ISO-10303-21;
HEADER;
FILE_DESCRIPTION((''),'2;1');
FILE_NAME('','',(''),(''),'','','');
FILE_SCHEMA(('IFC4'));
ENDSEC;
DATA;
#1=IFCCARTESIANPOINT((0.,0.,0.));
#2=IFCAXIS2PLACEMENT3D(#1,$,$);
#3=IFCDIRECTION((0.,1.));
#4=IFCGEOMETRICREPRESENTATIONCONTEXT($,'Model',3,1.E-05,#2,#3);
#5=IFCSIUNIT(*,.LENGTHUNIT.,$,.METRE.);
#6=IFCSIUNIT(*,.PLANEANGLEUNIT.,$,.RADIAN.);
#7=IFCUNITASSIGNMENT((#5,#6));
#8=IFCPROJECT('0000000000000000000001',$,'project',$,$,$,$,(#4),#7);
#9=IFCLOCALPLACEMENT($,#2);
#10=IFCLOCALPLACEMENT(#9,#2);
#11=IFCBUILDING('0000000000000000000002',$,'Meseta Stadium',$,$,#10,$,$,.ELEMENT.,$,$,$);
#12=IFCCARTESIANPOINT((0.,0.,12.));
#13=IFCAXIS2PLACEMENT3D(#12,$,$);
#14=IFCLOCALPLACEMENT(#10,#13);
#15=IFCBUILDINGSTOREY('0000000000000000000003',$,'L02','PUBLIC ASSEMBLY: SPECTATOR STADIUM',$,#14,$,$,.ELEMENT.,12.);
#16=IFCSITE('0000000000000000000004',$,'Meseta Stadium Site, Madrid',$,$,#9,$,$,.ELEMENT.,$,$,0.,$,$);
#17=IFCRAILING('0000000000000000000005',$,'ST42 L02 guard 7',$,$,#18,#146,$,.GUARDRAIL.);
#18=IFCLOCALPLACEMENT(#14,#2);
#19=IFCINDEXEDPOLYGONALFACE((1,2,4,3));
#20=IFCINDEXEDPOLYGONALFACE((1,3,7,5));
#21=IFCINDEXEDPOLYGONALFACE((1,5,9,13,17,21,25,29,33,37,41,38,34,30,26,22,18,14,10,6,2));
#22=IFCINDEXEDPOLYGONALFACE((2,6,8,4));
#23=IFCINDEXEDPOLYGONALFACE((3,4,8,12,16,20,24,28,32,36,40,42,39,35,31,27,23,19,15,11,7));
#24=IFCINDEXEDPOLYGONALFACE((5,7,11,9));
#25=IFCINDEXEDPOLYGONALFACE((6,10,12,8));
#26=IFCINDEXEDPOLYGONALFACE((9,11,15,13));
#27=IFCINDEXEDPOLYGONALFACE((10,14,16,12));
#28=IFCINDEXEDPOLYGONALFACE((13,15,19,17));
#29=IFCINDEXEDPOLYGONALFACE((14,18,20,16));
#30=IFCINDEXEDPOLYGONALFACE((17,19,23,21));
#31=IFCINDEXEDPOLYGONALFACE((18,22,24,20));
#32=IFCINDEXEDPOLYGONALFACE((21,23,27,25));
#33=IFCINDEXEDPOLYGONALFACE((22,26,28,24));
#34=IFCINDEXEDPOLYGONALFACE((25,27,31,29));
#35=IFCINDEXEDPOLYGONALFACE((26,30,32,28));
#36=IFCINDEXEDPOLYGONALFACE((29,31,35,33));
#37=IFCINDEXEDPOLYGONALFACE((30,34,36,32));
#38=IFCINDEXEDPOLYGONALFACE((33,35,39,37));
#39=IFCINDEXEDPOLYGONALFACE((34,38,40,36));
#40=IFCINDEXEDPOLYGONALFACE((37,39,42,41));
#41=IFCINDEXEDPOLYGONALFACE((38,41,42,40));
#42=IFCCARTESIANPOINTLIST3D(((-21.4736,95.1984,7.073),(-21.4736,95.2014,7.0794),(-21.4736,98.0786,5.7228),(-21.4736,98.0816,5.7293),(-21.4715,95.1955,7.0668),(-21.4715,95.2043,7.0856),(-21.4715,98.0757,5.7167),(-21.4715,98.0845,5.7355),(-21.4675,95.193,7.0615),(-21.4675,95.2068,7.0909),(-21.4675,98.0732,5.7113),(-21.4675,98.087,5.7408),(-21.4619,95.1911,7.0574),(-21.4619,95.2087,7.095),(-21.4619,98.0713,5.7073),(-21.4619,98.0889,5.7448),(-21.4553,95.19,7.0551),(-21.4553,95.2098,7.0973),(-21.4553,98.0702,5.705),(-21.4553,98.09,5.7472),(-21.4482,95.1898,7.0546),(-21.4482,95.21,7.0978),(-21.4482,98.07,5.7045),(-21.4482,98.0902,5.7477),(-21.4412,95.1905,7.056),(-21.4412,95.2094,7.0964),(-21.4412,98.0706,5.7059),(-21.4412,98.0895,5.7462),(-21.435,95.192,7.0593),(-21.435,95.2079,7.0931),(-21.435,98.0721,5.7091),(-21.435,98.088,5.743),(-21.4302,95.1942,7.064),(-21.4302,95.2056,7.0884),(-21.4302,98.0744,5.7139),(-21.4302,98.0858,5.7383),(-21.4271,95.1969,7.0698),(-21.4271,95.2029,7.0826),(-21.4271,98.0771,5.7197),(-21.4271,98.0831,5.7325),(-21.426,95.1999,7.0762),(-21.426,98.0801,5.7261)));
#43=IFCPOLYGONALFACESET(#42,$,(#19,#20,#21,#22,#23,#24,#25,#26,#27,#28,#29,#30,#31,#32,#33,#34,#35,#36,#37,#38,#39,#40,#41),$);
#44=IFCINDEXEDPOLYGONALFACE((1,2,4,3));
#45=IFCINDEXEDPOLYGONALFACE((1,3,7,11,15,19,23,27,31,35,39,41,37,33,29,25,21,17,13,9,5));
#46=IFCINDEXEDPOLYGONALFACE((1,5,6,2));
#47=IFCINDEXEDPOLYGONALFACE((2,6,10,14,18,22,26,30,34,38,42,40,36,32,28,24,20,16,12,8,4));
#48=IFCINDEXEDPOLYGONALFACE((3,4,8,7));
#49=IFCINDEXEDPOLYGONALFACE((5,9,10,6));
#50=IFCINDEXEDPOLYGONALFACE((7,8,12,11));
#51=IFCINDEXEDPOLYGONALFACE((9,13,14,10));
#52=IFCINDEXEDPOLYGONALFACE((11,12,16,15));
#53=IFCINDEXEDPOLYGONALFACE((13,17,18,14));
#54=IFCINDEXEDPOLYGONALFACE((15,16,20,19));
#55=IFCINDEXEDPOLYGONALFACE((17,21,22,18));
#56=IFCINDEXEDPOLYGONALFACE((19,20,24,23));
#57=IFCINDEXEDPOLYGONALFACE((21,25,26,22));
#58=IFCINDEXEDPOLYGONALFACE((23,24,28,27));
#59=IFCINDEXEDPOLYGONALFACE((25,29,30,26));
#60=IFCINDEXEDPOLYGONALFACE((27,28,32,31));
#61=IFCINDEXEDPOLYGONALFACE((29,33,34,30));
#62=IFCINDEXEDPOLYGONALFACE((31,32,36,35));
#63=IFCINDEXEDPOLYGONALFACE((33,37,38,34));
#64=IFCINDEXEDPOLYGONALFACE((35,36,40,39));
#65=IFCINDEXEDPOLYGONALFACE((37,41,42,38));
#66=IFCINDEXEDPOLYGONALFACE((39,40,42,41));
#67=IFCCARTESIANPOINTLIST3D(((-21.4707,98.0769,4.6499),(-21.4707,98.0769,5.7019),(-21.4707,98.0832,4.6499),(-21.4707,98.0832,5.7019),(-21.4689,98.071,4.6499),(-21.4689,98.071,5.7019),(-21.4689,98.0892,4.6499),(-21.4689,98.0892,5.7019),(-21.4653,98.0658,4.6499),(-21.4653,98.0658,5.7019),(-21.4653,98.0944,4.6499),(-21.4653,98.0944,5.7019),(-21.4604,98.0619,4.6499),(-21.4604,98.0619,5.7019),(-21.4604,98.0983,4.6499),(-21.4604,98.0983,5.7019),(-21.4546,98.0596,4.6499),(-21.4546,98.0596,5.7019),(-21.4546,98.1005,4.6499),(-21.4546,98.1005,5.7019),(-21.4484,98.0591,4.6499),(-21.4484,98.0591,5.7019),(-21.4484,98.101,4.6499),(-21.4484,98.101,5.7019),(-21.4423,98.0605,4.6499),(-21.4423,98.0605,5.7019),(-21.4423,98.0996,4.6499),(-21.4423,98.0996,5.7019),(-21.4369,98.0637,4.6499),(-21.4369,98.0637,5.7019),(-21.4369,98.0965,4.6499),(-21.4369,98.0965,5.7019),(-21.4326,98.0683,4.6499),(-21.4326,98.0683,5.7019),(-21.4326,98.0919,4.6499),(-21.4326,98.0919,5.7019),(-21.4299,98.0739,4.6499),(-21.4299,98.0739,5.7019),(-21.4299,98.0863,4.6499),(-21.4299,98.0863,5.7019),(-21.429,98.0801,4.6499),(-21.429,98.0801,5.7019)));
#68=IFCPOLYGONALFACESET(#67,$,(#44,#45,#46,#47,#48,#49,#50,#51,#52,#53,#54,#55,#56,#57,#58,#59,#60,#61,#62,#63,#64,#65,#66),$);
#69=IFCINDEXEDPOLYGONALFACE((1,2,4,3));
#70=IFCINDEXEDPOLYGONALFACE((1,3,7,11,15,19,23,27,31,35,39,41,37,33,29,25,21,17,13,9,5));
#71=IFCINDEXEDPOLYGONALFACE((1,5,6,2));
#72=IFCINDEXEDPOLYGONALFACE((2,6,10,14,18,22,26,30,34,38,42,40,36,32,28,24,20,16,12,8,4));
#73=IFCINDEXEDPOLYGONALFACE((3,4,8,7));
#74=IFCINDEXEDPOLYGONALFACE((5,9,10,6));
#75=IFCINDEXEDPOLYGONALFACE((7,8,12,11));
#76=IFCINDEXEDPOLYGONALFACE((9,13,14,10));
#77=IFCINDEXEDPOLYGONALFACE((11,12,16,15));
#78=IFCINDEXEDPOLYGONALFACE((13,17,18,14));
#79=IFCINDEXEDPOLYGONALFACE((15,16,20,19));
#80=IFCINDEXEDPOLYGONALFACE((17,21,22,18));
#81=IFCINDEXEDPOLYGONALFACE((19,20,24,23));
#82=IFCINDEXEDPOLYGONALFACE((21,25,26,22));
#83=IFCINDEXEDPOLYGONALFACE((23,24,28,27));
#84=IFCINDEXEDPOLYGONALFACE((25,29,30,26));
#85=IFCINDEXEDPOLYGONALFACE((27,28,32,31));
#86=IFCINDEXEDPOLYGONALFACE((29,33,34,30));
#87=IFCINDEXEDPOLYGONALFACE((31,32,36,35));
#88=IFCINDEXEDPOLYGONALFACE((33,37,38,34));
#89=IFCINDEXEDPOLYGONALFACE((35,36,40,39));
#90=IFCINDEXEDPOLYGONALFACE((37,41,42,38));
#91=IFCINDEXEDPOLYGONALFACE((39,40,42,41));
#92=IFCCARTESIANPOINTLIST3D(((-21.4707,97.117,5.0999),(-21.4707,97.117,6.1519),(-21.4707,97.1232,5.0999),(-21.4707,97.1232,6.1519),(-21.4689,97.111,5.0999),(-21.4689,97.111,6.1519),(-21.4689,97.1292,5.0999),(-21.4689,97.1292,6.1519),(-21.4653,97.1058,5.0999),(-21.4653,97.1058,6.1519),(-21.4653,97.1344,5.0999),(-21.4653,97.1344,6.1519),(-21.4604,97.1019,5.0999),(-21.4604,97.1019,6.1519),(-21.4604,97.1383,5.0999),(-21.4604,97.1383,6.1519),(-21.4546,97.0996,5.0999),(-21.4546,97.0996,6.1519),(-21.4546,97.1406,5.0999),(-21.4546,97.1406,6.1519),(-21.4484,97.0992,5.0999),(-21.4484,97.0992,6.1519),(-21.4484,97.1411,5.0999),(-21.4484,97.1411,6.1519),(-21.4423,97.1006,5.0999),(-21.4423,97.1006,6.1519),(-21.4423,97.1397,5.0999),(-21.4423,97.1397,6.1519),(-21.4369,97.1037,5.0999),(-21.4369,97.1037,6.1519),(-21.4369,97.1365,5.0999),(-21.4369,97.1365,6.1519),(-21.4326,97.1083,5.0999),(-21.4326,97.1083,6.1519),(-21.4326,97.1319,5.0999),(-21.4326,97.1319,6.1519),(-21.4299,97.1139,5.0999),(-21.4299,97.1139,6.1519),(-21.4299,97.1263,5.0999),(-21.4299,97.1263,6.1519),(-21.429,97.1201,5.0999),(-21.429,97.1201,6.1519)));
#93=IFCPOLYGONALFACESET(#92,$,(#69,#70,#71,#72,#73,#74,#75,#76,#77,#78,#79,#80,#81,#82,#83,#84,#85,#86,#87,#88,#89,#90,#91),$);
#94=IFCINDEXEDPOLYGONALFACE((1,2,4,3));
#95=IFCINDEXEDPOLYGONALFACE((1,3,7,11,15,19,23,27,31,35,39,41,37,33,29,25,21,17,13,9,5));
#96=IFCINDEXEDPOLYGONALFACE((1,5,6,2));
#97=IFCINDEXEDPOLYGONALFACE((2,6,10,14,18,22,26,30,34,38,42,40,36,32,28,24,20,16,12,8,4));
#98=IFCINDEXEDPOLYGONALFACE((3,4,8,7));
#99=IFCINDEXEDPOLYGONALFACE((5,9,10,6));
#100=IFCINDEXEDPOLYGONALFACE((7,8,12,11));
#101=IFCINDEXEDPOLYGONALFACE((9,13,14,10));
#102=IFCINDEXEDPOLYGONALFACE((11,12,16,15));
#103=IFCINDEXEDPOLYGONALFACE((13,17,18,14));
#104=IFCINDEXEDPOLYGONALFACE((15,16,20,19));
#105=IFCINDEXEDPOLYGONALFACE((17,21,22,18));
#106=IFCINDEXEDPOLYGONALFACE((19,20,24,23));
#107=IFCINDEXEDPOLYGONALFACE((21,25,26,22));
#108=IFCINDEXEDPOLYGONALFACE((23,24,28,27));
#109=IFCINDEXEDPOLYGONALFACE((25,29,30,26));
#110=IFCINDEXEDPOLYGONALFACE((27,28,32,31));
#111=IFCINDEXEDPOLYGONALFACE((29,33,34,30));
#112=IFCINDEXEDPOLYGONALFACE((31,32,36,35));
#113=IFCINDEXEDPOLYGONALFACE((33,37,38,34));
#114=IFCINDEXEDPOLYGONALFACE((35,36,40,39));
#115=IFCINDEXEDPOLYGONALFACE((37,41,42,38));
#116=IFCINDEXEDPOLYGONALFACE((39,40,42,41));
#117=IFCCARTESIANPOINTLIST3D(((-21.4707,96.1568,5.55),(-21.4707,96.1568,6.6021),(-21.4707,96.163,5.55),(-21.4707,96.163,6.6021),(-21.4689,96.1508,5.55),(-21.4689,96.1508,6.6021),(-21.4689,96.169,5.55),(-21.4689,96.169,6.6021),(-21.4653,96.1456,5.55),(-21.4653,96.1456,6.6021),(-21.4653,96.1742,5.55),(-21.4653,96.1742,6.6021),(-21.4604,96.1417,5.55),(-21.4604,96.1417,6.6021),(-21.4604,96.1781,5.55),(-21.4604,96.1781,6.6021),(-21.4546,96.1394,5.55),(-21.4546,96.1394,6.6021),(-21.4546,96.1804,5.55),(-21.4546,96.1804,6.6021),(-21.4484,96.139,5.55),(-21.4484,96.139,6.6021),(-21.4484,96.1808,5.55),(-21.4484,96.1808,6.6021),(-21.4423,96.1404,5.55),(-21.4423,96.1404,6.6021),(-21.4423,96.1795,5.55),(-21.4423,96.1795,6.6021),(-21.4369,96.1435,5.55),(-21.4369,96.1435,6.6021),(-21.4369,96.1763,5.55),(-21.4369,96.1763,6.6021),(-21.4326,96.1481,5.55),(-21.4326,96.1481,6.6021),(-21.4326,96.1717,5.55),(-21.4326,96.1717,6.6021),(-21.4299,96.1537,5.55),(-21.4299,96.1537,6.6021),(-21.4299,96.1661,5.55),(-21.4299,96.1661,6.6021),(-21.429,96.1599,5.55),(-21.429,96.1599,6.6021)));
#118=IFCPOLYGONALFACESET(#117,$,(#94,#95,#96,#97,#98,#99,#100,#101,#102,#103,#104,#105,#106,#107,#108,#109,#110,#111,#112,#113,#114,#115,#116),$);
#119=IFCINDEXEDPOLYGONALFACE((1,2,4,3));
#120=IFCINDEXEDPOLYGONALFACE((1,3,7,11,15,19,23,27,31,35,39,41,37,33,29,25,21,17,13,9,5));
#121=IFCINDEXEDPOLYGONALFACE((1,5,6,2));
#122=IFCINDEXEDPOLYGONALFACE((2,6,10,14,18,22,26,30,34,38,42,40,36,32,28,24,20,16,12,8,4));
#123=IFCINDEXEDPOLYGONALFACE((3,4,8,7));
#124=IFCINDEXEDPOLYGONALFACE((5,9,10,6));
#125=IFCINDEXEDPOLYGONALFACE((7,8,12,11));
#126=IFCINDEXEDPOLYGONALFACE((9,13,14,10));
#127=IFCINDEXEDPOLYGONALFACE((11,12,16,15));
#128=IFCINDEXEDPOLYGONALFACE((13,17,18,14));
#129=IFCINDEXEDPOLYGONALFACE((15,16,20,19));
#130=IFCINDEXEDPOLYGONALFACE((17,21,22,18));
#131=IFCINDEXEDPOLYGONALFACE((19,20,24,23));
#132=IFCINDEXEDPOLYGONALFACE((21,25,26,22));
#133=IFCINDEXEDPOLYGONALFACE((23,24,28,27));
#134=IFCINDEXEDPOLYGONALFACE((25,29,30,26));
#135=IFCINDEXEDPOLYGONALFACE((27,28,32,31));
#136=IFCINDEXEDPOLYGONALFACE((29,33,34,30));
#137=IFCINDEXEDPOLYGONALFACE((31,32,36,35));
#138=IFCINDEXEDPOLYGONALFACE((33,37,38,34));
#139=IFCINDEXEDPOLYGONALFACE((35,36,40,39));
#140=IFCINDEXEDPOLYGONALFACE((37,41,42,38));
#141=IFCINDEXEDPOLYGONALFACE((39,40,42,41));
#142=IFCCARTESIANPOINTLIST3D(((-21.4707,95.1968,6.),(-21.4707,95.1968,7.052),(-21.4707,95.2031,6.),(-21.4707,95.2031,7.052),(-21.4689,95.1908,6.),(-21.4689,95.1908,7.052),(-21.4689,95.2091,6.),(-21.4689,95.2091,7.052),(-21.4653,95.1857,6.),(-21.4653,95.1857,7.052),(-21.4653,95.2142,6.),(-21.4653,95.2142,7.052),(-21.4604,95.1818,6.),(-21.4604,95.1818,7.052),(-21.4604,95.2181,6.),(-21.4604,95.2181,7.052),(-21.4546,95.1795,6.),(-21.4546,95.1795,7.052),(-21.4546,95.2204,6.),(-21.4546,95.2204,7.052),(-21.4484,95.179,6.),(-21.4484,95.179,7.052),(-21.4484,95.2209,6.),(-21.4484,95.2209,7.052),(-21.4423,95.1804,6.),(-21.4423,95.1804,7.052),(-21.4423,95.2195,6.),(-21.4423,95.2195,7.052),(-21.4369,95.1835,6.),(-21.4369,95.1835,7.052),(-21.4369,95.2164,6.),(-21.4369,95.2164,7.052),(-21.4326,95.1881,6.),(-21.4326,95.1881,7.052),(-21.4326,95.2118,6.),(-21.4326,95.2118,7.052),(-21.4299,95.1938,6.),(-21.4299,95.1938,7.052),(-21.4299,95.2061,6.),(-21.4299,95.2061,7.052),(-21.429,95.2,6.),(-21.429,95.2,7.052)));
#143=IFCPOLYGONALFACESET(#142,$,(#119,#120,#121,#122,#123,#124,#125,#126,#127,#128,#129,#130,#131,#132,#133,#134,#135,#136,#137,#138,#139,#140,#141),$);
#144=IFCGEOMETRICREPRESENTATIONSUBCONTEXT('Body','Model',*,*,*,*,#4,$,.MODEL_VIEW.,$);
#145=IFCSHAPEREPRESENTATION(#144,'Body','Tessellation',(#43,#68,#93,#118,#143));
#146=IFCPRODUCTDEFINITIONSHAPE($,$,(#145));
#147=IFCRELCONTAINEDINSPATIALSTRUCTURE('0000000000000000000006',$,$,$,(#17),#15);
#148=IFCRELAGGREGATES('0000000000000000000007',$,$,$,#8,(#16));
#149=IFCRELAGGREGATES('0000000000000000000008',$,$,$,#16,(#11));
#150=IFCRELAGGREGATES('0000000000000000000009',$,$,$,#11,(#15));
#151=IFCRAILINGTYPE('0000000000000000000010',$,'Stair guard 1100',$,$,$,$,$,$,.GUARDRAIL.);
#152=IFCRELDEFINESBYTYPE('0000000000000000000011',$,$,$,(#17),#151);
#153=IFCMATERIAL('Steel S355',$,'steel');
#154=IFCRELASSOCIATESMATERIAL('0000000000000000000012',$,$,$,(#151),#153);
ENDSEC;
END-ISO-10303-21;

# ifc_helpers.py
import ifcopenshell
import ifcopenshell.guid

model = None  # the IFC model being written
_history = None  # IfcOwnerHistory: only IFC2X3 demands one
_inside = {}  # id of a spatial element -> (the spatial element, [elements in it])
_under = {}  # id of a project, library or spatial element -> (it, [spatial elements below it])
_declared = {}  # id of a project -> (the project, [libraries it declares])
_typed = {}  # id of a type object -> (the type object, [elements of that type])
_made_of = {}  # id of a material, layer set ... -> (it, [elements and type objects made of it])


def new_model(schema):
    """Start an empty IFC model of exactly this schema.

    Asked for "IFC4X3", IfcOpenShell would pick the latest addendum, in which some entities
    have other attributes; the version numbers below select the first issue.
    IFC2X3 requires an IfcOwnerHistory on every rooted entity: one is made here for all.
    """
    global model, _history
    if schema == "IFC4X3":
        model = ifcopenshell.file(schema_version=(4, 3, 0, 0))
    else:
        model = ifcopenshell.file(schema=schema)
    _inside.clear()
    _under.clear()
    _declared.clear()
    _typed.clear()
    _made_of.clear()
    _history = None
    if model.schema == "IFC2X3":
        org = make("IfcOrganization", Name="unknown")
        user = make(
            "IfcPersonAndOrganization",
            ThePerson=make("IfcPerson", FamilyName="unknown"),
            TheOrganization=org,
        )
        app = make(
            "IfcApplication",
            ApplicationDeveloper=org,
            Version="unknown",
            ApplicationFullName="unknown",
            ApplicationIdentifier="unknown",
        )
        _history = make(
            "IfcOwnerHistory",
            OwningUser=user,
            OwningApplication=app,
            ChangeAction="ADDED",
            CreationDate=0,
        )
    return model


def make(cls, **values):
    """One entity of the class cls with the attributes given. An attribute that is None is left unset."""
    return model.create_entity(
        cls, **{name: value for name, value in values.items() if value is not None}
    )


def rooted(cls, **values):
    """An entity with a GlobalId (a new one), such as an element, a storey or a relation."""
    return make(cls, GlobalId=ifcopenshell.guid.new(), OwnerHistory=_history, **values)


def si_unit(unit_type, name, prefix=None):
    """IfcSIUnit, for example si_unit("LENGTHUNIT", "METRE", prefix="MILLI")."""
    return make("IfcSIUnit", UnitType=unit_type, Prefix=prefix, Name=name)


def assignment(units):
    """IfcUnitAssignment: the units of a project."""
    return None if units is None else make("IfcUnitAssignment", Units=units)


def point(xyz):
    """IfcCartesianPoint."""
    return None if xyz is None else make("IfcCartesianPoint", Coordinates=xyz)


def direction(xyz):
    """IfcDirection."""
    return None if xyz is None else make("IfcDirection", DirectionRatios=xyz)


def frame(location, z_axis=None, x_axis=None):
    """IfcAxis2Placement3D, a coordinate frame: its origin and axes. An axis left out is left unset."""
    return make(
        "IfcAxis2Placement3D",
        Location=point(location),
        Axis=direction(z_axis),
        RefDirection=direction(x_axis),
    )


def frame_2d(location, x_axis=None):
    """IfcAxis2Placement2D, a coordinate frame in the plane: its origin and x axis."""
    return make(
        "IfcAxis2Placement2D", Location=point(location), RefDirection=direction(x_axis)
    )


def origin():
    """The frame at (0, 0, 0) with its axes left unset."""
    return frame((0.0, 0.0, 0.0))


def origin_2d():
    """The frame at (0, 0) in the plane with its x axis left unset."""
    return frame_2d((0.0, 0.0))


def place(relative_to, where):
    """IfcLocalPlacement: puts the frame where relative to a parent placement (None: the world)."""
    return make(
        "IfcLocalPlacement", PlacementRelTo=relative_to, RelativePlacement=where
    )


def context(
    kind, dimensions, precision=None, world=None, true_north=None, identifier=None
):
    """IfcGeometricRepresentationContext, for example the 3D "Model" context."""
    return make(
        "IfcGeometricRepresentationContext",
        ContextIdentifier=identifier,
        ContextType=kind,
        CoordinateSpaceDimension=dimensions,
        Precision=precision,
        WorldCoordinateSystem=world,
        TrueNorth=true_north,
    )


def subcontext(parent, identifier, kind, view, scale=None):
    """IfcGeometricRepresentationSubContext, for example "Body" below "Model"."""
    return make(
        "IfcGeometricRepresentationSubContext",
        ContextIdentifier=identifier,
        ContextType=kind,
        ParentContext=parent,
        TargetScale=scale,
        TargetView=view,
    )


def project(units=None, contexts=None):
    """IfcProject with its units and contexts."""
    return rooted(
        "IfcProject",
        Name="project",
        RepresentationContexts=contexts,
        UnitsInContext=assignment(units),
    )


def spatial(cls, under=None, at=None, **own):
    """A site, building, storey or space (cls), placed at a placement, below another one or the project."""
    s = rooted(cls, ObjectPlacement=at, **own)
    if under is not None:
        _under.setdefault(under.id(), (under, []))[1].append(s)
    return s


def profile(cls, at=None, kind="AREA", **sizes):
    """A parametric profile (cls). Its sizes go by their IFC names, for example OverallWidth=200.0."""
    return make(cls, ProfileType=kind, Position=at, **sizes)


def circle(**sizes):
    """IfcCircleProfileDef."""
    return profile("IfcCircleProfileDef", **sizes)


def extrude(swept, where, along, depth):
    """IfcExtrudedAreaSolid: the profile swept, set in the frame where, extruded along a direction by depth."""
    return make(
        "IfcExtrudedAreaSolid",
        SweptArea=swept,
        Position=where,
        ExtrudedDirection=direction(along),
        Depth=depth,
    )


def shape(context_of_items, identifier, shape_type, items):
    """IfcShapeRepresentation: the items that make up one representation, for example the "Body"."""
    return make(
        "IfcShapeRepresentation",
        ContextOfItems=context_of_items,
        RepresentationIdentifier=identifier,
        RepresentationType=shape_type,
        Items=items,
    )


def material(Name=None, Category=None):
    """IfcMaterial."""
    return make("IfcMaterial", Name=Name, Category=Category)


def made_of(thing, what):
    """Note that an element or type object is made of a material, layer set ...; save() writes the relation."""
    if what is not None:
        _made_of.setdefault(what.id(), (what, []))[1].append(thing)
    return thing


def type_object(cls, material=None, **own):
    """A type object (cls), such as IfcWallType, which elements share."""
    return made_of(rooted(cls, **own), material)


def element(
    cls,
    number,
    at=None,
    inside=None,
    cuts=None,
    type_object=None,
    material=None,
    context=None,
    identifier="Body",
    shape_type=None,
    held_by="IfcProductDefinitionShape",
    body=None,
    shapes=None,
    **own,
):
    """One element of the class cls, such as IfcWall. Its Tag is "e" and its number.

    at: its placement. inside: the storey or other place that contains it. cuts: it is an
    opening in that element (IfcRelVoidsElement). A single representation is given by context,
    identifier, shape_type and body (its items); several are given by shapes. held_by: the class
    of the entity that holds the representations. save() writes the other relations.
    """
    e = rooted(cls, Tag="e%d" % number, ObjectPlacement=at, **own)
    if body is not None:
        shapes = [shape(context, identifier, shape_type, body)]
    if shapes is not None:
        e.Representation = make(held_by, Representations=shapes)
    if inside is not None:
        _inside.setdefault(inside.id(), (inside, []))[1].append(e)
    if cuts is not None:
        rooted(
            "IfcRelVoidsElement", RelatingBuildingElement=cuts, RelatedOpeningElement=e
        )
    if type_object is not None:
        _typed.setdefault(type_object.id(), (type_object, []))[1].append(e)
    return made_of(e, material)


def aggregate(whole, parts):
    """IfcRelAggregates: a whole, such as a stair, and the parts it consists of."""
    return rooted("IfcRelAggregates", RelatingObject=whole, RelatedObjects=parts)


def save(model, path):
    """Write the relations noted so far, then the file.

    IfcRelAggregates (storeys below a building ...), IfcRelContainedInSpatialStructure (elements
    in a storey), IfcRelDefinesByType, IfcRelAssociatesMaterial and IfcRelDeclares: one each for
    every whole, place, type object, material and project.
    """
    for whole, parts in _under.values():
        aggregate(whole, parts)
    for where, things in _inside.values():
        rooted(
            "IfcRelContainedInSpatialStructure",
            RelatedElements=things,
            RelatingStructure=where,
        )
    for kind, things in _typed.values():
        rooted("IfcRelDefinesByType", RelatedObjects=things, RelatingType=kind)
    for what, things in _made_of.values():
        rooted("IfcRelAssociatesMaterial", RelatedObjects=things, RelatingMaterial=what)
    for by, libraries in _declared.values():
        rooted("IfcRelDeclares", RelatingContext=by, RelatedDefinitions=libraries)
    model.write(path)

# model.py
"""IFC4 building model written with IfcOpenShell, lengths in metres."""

from ifc_helpers import new_model, si_unit, direction, frame, origin, origin_2d, place, context, subcontext, project, spatial, circle, extrude, material, type_object, element, save


model = new_model("IFC4")

# Units and contexts
model_context = context("Model", 3, precision=1e-05, world=origin(), true_north=direction((0.0, 1.0)))
body_context = subcontext(model_context, "Body", "Model", "MODEL_VIEW")
ifc_project = project(units=[si_unit("LENGTHUNIT", "METRE"), si_unit("PLANEANGLEUNIT", "RADIAN")], contexts=[model_context])

# Site, building, storey
site_placement = place(None, origin())
site = spatial("IfcSite", under=ifc_project, at=site_placement, Name="Meseta Stadium Site, Madrid", CompositionType="ELEMENT", RefElevation=0.0)
building_placement = place(site_placement, origin())
building = spatial("IfcBuilding", under=site, at=building_placement, Name="Meseta Stadium", CompositionType="ELEMENT")
storey_placement = place(building_placement, frame((0.0, 0.0, 12.0)))
storey = spatial("IfcBuildingStorey", under=building, at=storey_placement, Name="L02", Description="PUBLIC ASSEMBLY: SPECTATOR STADIUM", CompositionType="ELEMENT", Elevation=12.0)

# Railing
ifc_material_1 = material(Name="Steel S355", Category="steel")
railing_type_1 = type_object("IfcRailingType", Name="Stair guard 1100", PredefinedType="GUARDRAIL", material=ifc_material_1)
railing_1_placement = place(storey_placement, frame((-21.45, 98.0801, 4.6499)))
element("IfcRailing", 1, at=railing_1_placement, inside=storey, type_object=railing_type_1, Name="ST42 L02 guard 7", PredefinedType="GUARDRAIL", context=body_context, shape_type="SweptSolid", body=[
    extrude(circle(Radius=0.0239, at=origin_2d()), frame((0.0, 0.0, 1.0762), z_axis=(0.0, -0.905454, 0.424444), x_axis=(1.0, 0.0, 0.0)), (0.0, 0.0, 1.0), 3.1809),
    extrude(circle(Radius=0.021, at=origin_2d()), origin(), (0.0, 0.0, 1.0), 1.052),
    extrude(circle(Radius=0.021, at=origin_2d()), frame((0.0, -0.96, 0.45)), (0.0, 0.0, 1.0), 1.052),
    extrude(circle(Radius=0.021, at=origin_2d()), frame((0.0, -1.9202, 0.9001)), (0.0, 0.0, 1.0), 1.052),
    extrude(circle(Radius=0.021, at=origin_2d()), frame((0.0, -2.8801, 1.3501)), (0.0, 0.0, 1.0), 1.052),
])

save(model, "model.ifc")
